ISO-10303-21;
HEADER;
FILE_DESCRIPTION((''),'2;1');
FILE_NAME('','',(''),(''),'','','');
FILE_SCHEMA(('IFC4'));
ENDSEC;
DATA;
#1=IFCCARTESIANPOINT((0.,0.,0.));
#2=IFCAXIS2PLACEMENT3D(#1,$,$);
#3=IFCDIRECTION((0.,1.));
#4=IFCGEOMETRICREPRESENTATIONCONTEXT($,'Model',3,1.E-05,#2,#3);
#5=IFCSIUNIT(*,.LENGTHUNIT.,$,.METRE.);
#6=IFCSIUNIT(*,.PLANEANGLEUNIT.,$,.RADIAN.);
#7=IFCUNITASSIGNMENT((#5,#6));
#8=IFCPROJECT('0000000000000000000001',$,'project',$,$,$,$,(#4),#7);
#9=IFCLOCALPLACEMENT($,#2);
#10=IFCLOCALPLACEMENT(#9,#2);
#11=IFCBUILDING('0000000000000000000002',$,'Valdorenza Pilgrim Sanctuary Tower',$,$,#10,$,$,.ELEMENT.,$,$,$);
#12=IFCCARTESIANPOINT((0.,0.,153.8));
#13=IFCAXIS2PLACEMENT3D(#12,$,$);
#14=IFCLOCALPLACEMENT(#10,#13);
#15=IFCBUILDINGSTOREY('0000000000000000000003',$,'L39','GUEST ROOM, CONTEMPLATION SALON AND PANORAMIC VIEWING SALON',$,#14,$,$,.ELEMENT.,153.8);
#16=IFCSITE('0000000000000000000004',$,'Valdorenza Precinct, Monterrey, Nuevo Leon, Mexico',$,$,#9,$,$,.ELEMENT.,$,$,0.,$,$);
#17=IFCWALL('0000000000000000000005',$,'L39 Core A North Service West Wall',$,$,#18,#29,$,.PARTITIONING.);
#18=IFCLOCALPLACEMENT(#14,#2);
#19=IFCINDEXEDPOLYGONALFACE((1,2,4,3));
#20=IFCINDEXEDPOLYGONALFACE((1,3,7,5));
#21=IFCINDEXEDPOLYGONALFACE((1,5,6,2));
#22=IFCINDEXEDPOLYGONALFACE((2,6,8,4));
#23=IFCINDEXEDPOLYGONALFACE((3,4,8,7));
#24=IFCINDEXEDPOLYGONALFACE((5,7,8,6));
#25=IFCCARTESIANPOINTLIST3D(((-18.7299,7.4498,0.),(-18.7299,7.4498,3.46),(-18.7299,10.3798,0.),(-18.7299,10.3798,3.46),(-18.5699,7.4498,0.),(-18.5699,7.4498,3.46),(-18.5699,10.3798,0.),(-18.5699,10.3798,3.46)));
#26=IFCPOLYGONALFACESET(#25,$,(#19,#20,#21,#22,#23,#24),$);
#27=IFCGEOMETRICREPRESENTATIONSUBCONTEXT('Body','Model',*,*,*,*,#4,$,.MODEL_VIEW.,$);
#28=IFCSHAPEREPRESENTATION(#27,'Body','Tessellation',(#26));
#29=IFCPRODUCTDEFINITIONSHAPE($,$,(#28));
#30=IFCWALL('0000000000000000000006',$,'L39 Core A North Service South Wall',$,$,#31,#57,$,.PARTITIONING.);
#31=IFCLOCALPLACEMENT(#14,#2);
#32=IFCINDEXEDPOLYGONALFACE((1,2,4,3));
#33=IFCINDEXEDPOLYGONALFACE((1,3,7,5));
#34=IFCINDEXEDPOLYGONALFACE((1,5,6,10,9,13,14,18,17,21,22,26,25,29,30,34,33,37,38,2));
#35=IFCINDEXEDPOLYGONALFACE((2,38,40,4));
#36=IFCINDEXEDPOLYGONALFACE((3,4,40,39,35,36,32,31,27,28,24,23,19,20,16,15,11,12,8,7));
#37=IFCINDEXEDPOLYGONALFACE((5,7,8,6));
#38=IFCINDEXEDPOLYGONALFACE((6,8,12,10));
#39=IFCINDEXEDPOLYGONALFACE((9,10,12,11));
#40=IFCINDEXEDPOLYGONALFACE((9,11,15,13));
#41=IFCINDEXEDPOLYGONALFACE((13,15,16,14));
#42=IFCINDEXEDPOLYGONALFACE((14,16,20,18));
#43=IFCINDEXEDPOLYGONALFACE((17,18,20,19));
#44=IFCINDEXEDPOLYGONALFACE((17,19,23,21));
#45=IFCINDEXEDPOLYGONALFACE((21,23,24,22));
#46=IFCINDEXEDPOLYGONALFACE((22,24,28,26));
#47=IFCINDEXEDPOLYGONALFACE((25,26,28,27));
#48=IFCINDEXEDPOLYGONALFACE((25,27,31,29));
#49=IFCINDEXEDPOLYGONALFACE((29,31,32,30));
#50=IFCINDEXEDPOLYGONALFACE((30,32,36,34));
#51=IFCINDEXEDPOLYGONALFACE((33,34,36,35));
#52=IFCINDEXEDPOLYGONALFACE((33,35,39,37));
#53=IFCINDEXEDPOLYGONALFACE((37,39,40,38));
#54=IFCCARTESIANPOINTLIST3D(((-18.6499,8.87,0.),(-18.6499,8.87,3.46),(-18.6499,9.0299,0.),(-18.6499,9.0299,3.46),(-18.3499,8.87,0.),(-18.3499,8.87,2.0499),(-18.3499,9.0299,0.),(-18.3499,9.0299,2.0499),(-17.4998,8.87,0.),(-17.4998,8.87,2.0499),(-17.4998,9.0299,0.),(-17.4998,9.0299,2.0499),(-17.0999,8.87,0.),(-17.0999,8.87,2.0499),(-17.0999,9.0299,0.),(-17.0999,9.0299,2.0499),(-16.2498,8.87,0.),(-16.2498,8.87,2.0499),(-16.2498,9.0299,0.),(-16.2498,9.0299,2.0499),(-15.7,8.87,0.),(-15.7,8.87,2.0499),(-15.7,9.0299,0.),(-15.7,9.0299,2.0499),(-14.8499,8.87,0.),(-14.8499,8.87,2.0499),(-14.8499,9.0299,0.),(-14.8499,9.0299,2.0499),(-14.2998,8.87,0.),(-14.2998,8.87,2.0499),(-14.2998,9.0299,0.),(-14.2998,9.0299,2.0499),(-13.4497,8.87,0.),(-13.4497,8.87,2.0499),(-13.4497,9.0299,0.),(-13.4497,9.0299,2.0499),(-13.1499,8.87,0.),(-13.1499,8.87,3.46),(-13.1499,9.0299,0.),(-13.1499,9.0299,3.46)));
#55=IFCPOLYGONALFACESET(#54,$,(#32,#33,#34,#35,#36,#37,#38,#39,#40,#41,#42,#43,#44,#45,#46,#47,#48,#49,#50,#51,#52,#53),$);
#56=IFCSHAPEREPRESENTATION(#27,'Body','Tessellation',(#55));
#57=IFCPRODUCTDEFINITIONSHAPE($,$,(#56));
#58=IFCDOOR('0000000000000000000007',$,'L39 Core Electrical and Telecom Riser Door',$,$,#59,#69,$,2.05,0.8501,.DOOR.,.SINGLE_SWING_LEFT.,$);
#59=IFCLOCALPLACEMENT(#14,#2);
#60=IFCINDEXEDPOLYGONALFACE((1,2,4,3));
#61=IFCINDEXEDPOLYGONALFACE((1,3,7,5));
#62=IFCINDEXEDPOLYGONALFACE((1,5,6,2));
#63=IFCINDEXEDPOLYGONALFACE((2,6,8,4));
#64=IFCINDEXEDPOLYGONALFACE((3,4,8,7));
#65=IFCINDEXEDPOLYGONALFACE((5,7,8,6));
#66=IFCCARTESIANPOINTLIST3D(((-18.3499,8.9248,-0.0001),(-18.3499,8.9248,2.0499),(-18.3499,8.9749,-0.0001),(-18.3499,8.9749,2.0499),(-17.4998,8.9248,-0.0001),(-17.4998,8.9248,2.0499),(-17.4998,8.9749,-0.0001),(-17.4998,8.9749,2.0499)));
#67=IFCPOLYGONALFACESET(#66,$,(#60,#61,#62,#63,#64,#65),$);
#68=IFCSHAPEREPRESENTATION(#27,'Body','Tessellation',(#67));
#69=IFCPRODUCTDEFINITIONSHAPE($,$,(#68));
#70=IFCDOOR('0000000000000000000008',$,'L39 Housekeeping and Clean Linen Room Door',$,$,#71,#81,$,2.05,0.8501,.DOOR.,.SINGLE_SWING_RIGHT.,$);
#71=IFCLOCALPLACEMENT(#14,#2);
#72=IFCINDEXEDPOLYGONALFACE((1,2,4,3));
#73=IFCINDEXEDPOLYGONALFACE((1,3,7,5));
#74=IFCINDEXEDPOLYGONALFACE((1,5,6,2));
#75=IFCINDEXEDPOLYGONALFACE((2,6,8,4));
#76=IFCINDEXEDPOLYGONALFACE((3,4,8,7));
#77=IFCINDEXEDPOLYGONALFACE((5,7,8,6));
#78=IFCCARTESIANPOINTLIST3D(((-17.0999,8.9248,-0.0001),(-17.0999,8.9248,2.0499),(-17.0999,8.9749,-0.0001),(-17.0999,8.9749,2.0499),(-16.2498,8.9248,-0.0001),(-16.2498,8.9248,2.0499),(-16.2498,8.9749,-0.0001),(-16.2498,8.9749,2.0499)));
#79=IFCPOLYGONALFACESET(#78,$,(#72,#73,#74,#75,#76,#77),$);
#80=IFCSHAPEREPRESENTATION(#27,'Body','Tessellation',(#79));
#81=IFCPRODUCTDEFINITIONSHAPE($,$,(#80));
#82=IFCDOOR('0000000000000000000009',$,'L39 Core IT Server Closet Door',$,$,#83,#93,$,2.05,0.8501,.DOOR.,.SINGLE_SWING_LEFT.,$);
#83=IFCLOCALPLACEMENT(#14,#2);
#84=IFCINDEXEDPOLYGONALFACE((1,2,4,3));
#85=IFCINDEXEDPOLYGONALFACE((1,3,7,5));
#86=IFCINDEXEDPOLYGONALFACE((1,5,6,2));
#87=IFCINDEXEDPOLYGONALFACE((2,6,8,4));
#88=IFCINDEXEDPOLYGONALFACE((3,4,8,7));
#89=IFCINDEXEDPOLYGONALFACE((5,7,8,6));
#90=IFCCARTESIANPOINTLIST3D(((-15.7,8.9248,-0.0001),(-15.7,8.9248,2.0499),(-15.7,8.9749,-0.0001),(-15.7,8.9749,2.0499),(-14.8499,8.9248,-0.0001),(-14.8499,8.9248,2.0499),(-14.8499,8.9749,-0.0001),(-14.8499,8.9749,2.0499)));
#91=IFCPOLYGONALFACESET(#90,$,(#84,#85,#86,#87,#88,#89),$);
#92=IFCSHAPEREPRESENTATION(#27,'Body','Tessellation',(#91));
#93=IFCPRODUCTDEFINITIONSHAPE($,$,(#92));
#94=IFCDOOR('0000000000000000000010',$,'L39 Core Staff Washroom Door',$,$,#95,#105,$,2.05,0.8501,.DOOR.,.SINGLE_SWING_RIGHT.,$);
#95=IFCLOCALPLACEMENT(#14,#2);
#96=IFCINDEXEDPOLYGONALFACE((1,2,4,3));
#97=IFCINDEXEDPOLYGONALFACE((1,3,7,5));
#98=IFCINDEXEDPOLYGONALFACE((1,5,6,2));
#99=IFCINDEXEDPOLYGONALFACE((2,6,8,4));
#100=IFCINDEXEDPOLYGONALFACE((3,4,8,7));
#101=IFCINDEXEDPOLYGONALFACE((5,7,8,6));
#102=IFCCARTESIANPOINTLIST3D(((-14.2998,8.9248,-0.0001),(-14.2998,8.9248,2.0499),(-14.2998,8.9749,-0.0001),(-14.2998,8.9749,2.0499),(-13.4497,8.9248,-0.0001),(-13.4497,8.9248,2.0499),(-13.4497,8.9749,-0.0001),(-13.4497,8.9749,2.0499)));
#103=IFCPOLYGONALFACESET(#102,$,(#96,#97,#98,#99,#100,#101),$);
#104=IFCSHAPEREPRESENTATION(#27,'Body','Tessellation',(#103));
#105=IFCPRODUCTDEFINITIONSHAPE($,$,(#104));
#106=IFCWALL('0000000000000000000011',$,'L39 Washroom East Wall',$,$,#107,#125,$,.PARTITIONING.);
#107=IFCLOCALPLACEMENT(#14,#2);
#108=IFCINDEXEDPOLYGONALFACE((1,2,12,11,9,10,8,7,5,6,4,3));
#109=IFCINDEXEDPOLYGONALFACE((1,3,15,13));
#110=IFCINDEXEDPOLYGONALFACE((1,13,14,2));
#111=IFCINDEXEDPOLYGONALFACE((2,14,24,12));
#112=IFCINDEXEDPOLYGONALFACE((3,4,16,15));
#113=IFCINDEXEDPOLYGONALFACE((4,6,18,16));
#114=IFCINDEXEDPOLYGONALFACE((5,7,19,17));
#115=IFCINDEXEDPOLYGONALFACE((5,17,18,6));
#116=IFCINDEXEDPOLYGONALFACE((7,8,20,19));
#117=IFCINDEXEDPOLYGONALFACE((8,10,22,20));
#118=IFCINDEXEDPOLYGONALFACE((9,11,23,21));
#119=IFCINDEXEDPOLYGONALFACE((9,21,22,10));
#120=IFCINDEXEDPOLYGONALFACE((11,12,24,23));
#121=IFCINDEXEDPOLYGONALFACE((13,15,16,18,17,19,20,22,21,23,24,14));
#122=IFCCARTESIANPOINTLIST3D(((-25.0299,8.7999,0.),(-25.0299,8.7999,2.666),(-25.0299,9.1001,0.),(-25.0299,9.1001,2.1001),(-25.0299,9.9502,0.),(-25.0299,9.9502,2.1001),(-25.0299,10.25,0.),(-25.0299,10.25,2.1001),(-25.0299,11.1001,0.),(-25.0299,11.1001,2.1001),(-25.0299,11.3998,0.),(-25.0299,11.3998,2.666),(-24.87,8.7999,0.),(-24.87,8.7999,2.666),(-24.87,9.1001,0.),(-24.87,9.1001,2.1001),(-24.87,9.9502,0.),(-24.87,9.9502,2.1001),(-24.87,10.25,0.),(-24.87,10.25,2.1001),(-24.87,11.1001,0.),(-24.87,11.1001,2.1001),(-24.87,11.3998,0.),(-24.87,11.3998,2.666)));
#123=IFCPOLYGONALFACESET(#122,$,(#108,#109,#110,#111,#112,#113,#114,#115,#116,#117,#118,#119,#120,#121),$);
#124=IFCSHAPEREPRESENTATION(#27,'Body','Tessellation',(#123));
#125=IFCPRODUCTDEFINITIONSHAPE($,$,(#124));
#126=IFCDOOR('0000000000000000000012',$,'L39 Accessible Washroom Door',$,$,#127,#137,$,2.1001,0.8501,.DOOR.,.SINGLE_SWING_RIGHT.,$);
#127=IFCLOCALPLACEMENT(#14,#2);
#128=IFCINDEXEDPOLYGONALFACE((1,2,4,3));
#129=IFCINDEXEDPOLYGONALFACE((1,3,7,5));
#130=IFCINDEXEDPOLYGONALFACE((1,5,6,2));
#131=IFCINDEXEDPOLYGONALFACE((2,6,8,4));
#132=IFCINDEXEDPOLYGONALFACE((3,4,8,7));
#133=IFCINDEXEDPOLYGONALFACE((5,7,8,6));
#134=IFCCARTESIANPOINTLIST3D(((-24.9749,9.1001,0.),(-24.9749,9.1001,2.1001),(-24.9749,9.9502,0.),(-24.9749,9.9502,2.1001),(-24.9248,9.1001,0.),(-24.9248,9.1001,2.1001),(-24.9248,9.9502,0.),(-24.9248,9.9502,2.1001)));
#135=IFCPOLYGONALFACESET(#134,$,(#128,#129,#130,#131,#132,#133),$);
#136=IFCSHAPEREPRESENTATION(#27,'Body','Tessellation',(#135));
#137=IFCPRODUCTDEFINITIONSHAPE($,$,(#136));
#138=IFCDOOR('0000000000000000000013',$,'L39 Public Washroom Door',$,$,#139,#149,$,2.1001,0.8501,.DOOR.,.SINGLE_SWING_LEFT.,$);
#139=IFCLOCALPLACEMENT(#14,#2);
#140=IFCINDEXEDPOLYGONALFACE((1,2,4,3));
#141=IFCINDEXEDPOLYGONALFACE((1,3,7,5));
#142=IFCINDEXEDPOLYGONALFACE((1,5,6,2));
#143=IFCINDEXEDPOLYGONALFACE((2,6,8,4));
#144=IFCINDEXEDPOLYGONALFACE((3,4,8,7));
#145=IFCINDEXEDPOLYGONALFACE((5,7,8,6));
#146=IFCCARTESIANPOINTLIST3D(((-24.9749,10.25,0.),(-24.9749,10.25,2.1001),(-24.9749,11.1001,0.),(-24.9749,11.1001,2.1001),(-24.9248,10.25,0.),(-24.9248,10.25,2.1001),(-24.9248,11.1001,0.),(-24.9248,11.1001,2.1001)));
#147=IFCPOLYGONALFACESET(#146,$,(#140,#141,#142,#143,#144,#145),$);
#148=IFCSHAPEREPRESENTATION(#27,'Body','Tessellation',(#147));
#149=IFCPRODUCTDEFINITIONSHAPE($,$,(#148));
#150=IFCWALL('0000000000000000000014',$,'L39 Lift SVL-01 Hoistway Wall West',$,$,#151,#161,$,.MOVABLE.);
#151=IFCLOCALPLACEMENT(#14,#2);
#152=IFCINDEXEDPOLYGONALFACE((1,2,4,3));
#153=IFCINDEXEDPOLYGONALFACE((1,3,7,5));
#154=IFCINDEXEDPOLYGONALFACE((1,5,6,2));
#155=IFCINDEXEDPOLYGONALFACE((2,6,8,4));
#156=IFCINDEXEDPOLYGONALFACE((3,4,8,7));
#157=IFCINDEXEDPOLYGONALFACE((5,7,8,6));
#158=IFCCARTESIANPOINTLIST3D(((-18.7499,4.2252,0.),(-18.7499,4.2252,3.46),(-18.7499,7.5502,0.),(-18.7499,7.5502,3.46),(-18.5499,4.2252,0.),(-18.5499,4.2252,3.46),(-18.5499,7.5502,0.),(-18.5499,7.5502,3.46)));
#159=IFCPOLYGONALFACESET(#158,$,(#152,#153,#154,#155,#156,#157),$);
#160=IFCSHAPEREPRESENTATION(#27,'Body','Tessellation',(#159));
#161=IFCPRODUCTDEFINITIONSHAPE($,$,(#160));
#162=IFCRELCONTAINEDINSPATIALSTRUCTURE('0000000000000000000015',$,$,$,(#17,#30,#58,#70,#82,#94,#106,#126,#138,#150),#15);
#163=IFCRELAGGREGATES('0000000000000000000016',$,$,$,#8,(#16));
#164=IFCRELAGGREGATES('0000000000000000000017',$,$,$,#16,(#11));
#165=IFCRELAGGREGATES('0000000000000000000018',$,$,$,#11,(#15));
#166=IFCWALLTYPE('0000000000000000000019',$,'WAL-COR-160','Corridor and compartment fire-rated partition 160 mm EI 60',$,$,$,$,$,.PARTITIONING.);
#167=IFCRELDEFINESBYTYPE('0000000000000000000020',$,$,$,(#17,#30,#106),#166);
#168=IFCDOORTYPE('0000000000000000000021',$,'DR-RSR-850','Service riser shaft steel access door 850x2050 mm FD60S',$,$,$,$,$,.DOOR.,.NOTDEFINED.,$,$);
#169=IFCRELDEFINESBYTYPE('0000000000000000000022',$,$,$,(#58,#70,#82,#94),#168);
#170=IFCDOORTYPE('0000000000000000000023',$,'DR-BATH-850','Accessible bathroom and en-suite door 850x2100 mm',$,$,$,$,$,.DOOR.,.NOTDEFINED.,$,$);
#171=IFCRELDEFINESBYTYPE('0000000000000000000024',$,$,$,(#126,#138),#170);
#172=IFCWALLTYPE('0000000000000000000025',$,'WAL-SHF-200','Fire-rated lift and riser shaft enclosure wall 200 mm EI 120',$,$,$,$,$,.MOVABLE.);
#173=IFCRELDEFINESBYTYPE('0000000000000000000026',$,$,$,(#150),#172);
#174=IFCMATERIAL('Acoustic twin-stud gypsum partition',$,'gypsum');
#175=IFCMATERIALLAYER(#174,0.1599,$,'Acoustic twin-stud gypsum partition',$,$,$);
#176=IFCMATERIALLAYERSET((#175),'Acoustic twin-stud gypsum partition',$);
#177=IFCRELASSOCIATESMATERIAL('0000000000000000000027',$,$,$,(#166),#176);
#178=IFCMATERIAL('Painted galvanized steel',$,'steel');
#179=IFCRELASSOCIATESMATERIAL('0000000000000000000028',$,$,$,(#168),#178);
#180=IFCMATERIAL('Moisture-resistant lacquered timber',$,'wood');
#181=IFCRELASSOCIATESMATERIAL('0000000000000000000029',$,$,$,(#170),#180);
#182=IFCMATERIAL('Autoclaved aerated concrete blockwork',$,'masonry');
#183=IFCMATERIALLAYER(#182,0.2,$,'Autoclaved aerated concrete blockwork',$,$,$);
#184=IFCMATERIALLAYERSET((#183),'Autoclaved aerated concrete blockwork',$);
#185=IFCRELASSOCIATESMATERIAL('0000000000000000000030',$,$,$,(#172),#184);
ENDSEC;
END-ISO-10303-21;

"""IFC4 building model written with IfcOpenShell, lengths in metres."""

from ifc_helpers import new_model, si_unit, direction, frame, frame_2d, origin, place, context, subcontext, project, spatial, rectangle, extrude, material, layer, layer_set, type_object, element, fill, save


model = new_model("IFC4")

# Units and contexts
model_context = context("Model", 3, precision=1e-05, world=origin(), true_north=direction((0.0, 1.0)))
body_context = subcontext(model_context, "Body", "Model", "MODEL_VIEW")
ifc_project = project(units=[si_unit("LENGTHUNIT", "METRE"), si_unit("PLANEANGLEUNIT", "RADIAN")], contexts=[model_context])

# Site, building, storey
site_placement = place(None, origin())
site = spatial("IfcSite", under=ifc_project, at=site_placement, Name="Valdorenza Precinct, Monterrey, Nuevo Leon, Mexico", CompositionType="ELEMENT", RefElevation=0.0)
building_placement = place(site_placement, origin())
building = spatial("IfcBuilding", under=site, at=building_placement, Name="Valdorenza Pilgrim Sanctuary Tower", CompositionType="ELEMENT")
storey_placement = place(building_placement, frame((0.0, 0.0, 153.8)))
storey = spatial("IfcBuildingStorey", under=building, at=storey_placement, Name="L39", Description="GUEST ROOM, CONTEMPLATION SALON AND PANORAMIC VIEWING SALON", CompositionType="ELEMENT", Elevation=153.8)

# Wall
ifc_material_1 = material(Name="Acoustic twin-stud gypsum partition", Category="gypsum")
ifc_layer_1 = layer(ifc_material_1, 0.1599, Name="Acoustic twin-stud gypsum partition")
ifc_layer_set_1 = layer_set([ifc_layer_1], Name="Acoustic twin-stud gypsum partition")
wall_type_1 = type_object("IfcWallType", Name="WAL-COR-160", Description="Corridor and compartment fire-rated partition 160 mm EI 60", PredefinedType="PARTITIONING", material=ifc_layer_set_1)
wall_1_placement = place(storey_placement, frame((-18.6499, 7.45, 0.0), z_axis=(0.0, 0.0, 1.0), x_axis=(0.0, 1.0, 0.0)))
element("IfcWall", 1, at=wall_1_placement, inside=storey, type_object=wall_type_1, Name="L39 Core A North Service West Wall", PredefinedType="PARTITIONING", context=body_context, shape_type="SweptSolid", body=[
    extrude(rectangle(XDim=2.9299, YDim=0.1599, at=frame_2d((1.4648, 0.0))), origin(), (0.0, 0.0, 1.0), 3.46),
])

# Walls, openings, doors
wall_2_placement = place(storey_placement, frame((-18.6499, 8.95, 0.0), z_axis=(0.0, 0.0, 1.0), x_axis=(1.0, 0.0, 0.0)))
wall_2 = element("IfcWall", 2, at=wall_2_placement, inside=storey, type_object=wall_type_1, Name="L39 Core A North Service South Wall", PredefinedType="PARTITIONING", context=body_context, shape_type="SweptSolid", body=[
    extrude(rectangle(XDim=5.5, YDim=0.1599, at=frame_2d((2.75, 0.0))), origin(), (0.0, 0.0, 1.0), 3.46),
])
opening_1_placement = place(wall_2_placement, frame((0.3, 0.0, 0.0)))
opening_1 = element("IfcOpeningElement", 3, at=opening_1_placement, cuts=wall_2, PredefinedType="OPENING", context=body_context, shape_type="SweptSolid", body=[
    extrude(rectangle(XDim=0.8501, YDim=2.05, at=frame_2d((0.425, 1.0249))), frame((0.0, 0.0947, 0.0), z_axis=(0.0, -1.0, 0.0), x_axis=(1.0, 0.0, 0.0)), (0.0, 0.0, 1.0), 0.1897),
])
opening_2_placement = place(wall_2_placement, frame((1.55, 0.0, 0.0)))
opening_2 = element("IfcOpeningElement", 4, at=opening_2_placement, cuts=wall_2, PredefinedType="OPENING", context=body_context, shape_type="SweptSolid", body=[
    extrude(rectangle(XDim=0.8501, YDim=2.05, at=frame_2d((0.425, 1.0249))), frame((0.0, 0.0947, 0.0), z_axis=(0.0, -1.0, 0.0), x_axis=(1.0, 0.0, 0.0)), (0.0, 0.0, 1.0), 0.1897),
])
opening_3_placement = place(wall_2_placement, frame((2.95, 0.0, 0.0)))
opening_3 = element("IfcOpeningElement", 5, at=opening_3_placement, cuts=wall_2, PredefinedType="OPENING", context=body_context, shape_type="SweptSolid", body=[
    extrude(rectangle(XDim=0.8501, YDim=2.05, at=frame_2d((0.425, 1.0249))), frame((0.0, 0.0947, 0.0), z_axis=(0.0, -1.0, 0.0), x_axis=(1.0, 0.0, 0.0)), (0.0, 0.0, 1.0), 0.1897),
])
opening_4_placement = place(wall_2_placement, frame((4.3501, 0.0, 0.0)))
opening_4 = element("IfcOpeningElement", 6, at=opening_4_placement, cuts=wall_2, PredefinedType="OPENING", context=body_context, shape_type="SweptSolid", body=[
    extrude(rectangle(XDim=0.8501, YDim=2.05, at=frame_2d((0.425, 1.0249))), frame((0.0, 0.0947, 0.0), z_axis=(0.0, -1.0, 0.0), x_axis=(1.0, 0.0, 0.0)), (0.0, 0.0, 1.0), 0.1897),
])
ifc_material_2 = material(Name="Painted galvanized steel", Category="steel")
door_type_1 = type_object("IfcDoorType", Name="DR-RSR-850", Description="Service riser shaft steel access door 850x2050 mm FD60S", OperationType="NOTDEFINED", PredefinedType="DOOR", material=ifc_material_2)
door_1_placement = place(opening_1_placement, origin())
door_1 = element("IfcDoor", 7, at=door_1_placement, inside=storey, type_object=door_type_1, Name="L39 Core Electrical and Telecom Riser Door", OperationType="SINGLE_SWING_LEFT", OverallHeight=2.05, OverallWidth=0.8501, PredefinedType="DOOR", context=body_context, shape_type="SweptSolid", body=[
    extrude(rectangle(XDim=0.8501, YDim=2.05, at=frame_2d((0.425, 1.0249))), frame((0.0, 0.0249, 0.0), z_axis=(0.0, -1.0, 0.0), x_axis=(1.0, 0.0, 0.0)), (0.0, 0.0, 1.0), 0.05),
])
fill(opening_1, door_1)
door_2_placement = place(opening_2_placement, origin())
door_2 = element("IfcDoor", 8, at=door_2_placement, inside=storey, type_object=door_type_1, Name="L39 Housekeeping and Clean Linen Room Door", OperationType="SINGLE_SWING_RIGHT", OverallHeight=2.05, OverallWidth=0.8501, PredefinedType="DOOR", context=body_context, shape_type="SweptSolid", body=[
    extrude(rectangle(XDim=0.8501, YDim=2.05, at=frame_2d((0.425, 1.0249))), frame((0.0, 0.0249, 0.0), z_axis=(0.0, -1.0, 0.0), x_axis=(1.0, 0.0, 0.0)), (0.0, 0.0, 1.0), 0.05),
])
fill(opening_2, door_2)
door_3_placement = place(opening_3_placement, origin())
door_3 = element("IfcDoor", 9, at=door_3_placement, inside=storey, type_object=door_type_1, Name="L39 Core IT Server Closet Door", OperationType="SINGLE_SWING_LEFT", OverallHeight=2.05, OverallWidth=0.8501, PredefinedType="DOOR", context=body_context, shape_type="SweptSolid", body=[
    extrude(rectangle(XDim=0.8501, YDim=2.05, at=frame_2d((0.425, 1.0249))), frame((0.0, 0.0249, 0.0), z_axis=(0.0, -1.0, 0.0), x_axis=(1.0, 0.0, 0.0)), (0.0, 0.0, 1.0), 0.05),
])
fill(opening_3, door_3)
door_4_placement = place(opening_4_placement, origin())
door_4 = element("IfcDoor", 10, at=door_4_placement, inside=storey, type_object=door_type_1, Name="L39 Core Staff Washroom Door", OperationType="SINGLE_SWING_RIGHT", OverallHeight=2.05, OverallWidth=0.8501, PredefinedType="DOOR", context=body_context, shape_type="SweptSolid", body=[
    extrude(rectangle(XDim=0.8501, YDim=2.05, at=frame_2d((0.425, 1.0249))), frame((0.0, 0.0249, 0.0), z_axis=(0.0, -1.0, 0.0), x_axis=(1.0, 0.0, 0.0)), (0.0, 0.0, 1.0), 0.05),
])
fill(opening_4, door_4)
wall_3_placement = place(storey_placement, frame((-24.95, 8.8, 0.0), z_axis=(0.0, 0.0, 1.0), x_axis=(0.0, 1.0, 0.0)))
wall_3 = element("IfcWall", 11, at=wall_3_placement, inside=storey, type_object=wall_type_1, Name="L39 Washroom East Wall", PredefinedType="PARTITIONING", context=body_context, shape_type="SweptSolid", body=[
    extrude(rectangle(XDim=2.5999, YDim=0.1599, at=frame_2d((1.2998, 0.0))), origin(), (0.0, 0.0, 1.0), 2.666),
])
opening_5_placement = place(wall_3_placement, frame((0.3, 0.0, 0.0)))
opening_5 = element("IfcOpeningElement", 12, at=opening_5_placement, cuts=wall_3, PredefinedType="OPENING", context=body_context, shape_type="SweptSolid", body=[
    extrude(rectangle(XDim=0.8501, YDim=2.1001, at=frame_2d((0.425, 1.05))), frame((0.0, 0.0947, 0.0), z_axis=(0.0, -1.0, 0.0), x_axis=(1.0, 0.0, 0.0)), (0.0, 0.0, 1.0), 0.1897),
])
opening_6_placement = place(wall_3_placement, frame((1.45, 0.0, 0.0)))
opening_6 = element("IfcOpeningElement", 13, at=opening_6_placement, cuts=wall_3, PredefinedType="OPENING", context=body_context, shape_type="SweptSolid", body=[
    extrude(rectangle(XDim=0.8501, YDim=2.1001, at=frame_2d((0.425, 1.05))), frame((0.0, 0.0947, 0.0), z_axis=(0.0, -1.0, 0.0), x_axis=(1.0, 0.0, 0.0)), (0.0, 0.0, 1.0), 0.1897),
])
ifc_material_3 = material(Name="Moisture-resistant lacquered timber", Category="wood")
door_type_2 = type_object("IfcDoorType", Name="DR-BATH-850", Description="Accessible bathroom and en-suite door 850x2100 mm", OperationType="NOTDEFINED", PredefinedType="DOOR", material=ifc_material_3)
door_5_placement = place(opening_5_placement, origin())
door_5 = element("IfcDoor", 14, at=door_5_placement, inside=storey, type_object=door_type_2, Name="L39 Accessible Washroom Door", OperationType="SINGLE_SWING_RIGHT", OverallHeight=2.1001, OverallWidth=0.8501, PredefinedType="DOOR", context=body_context, shape_type="SweptSolid", body=[
    extrude(rectangle(XDim=0.8501, YDim=2.1001, at=frame_2d((0.425, 1.05))), frame((0.0, 0.0249, 0.0), z_axis=(0.0, -1.0, 0.0), x_axis=(1.0, 0.0, 0.0)), (0.0, 0.0, 1.0), 0.05),
])
fill(opening_5, door_5)
door_6_placement = place(opening_6_placement, origin())
door_6 = element("IfcDoor", 15, at=door_6_placement, inside=storey, type_object=door_type_2, Name="L39 Public Washroom Door", OperationType="SINGLE_SWING_LEFT", OverallHeight=2.1001, OverallWidth=0.8501, PredefinedType="DOOR", context=body_context, shape_type="SweptSolid", body=[
    extrude(rectangle(XDim=0.8501, YDim=2.1001, at=frame_2d((0.425, 1.05))), frame((0.0, 0.0249, 0.0), z_axis=(0.0, -1.0, 0.0), x_axis=(1.0, 0.0, 0.0)), (0.0, 0.0, 1.0), 0.05),
])
fill(opening_6, door_6)

# Wall
ifc_material_4 = material(Name="Autoclaved aerated concrete blockwork", Category="masonry")
ifc_layer_2 = layer(ifc_material_4, 0.2, Name="Autoclaved aerated concrete blockwork")
ifc_layer_set_2 = layer_set([ifc_layer_2], Name="Autoclaved aerated concrete blockwork")
wall_type_2 = type_object("IfcWallType", Name="WAL-SHF-200", Description="Fire-rated lift and riser shaft enclosure wall 200 mm EI 120", PredefinedType="MOVABLE", material=ifc_layer_set_2)
wall_4_placement = place(storey_placement, frame((-18.6499, 4.2251, 0.0), z_axis=(0.0, 0.0, 1.0), x_axis=(0.0, 1.0, 0.0)))
element("IfcWall", 16, at=wall_4_placement, inside=storey, type_object=wall_type_2, Name="L39 Lift SVL-01 Hoistway Wall West", PredefinedType="MOVABLE", context=body_context, shape_type="SweptSolid", body=[
    extrude(rectangle(XDim=3.325, YDim=0.2, at=frame_2d((1.6626, 0.0))), origin(), (0.0, 0.0, 1.0), 3.46),
])

save(model, "model.ifc")
